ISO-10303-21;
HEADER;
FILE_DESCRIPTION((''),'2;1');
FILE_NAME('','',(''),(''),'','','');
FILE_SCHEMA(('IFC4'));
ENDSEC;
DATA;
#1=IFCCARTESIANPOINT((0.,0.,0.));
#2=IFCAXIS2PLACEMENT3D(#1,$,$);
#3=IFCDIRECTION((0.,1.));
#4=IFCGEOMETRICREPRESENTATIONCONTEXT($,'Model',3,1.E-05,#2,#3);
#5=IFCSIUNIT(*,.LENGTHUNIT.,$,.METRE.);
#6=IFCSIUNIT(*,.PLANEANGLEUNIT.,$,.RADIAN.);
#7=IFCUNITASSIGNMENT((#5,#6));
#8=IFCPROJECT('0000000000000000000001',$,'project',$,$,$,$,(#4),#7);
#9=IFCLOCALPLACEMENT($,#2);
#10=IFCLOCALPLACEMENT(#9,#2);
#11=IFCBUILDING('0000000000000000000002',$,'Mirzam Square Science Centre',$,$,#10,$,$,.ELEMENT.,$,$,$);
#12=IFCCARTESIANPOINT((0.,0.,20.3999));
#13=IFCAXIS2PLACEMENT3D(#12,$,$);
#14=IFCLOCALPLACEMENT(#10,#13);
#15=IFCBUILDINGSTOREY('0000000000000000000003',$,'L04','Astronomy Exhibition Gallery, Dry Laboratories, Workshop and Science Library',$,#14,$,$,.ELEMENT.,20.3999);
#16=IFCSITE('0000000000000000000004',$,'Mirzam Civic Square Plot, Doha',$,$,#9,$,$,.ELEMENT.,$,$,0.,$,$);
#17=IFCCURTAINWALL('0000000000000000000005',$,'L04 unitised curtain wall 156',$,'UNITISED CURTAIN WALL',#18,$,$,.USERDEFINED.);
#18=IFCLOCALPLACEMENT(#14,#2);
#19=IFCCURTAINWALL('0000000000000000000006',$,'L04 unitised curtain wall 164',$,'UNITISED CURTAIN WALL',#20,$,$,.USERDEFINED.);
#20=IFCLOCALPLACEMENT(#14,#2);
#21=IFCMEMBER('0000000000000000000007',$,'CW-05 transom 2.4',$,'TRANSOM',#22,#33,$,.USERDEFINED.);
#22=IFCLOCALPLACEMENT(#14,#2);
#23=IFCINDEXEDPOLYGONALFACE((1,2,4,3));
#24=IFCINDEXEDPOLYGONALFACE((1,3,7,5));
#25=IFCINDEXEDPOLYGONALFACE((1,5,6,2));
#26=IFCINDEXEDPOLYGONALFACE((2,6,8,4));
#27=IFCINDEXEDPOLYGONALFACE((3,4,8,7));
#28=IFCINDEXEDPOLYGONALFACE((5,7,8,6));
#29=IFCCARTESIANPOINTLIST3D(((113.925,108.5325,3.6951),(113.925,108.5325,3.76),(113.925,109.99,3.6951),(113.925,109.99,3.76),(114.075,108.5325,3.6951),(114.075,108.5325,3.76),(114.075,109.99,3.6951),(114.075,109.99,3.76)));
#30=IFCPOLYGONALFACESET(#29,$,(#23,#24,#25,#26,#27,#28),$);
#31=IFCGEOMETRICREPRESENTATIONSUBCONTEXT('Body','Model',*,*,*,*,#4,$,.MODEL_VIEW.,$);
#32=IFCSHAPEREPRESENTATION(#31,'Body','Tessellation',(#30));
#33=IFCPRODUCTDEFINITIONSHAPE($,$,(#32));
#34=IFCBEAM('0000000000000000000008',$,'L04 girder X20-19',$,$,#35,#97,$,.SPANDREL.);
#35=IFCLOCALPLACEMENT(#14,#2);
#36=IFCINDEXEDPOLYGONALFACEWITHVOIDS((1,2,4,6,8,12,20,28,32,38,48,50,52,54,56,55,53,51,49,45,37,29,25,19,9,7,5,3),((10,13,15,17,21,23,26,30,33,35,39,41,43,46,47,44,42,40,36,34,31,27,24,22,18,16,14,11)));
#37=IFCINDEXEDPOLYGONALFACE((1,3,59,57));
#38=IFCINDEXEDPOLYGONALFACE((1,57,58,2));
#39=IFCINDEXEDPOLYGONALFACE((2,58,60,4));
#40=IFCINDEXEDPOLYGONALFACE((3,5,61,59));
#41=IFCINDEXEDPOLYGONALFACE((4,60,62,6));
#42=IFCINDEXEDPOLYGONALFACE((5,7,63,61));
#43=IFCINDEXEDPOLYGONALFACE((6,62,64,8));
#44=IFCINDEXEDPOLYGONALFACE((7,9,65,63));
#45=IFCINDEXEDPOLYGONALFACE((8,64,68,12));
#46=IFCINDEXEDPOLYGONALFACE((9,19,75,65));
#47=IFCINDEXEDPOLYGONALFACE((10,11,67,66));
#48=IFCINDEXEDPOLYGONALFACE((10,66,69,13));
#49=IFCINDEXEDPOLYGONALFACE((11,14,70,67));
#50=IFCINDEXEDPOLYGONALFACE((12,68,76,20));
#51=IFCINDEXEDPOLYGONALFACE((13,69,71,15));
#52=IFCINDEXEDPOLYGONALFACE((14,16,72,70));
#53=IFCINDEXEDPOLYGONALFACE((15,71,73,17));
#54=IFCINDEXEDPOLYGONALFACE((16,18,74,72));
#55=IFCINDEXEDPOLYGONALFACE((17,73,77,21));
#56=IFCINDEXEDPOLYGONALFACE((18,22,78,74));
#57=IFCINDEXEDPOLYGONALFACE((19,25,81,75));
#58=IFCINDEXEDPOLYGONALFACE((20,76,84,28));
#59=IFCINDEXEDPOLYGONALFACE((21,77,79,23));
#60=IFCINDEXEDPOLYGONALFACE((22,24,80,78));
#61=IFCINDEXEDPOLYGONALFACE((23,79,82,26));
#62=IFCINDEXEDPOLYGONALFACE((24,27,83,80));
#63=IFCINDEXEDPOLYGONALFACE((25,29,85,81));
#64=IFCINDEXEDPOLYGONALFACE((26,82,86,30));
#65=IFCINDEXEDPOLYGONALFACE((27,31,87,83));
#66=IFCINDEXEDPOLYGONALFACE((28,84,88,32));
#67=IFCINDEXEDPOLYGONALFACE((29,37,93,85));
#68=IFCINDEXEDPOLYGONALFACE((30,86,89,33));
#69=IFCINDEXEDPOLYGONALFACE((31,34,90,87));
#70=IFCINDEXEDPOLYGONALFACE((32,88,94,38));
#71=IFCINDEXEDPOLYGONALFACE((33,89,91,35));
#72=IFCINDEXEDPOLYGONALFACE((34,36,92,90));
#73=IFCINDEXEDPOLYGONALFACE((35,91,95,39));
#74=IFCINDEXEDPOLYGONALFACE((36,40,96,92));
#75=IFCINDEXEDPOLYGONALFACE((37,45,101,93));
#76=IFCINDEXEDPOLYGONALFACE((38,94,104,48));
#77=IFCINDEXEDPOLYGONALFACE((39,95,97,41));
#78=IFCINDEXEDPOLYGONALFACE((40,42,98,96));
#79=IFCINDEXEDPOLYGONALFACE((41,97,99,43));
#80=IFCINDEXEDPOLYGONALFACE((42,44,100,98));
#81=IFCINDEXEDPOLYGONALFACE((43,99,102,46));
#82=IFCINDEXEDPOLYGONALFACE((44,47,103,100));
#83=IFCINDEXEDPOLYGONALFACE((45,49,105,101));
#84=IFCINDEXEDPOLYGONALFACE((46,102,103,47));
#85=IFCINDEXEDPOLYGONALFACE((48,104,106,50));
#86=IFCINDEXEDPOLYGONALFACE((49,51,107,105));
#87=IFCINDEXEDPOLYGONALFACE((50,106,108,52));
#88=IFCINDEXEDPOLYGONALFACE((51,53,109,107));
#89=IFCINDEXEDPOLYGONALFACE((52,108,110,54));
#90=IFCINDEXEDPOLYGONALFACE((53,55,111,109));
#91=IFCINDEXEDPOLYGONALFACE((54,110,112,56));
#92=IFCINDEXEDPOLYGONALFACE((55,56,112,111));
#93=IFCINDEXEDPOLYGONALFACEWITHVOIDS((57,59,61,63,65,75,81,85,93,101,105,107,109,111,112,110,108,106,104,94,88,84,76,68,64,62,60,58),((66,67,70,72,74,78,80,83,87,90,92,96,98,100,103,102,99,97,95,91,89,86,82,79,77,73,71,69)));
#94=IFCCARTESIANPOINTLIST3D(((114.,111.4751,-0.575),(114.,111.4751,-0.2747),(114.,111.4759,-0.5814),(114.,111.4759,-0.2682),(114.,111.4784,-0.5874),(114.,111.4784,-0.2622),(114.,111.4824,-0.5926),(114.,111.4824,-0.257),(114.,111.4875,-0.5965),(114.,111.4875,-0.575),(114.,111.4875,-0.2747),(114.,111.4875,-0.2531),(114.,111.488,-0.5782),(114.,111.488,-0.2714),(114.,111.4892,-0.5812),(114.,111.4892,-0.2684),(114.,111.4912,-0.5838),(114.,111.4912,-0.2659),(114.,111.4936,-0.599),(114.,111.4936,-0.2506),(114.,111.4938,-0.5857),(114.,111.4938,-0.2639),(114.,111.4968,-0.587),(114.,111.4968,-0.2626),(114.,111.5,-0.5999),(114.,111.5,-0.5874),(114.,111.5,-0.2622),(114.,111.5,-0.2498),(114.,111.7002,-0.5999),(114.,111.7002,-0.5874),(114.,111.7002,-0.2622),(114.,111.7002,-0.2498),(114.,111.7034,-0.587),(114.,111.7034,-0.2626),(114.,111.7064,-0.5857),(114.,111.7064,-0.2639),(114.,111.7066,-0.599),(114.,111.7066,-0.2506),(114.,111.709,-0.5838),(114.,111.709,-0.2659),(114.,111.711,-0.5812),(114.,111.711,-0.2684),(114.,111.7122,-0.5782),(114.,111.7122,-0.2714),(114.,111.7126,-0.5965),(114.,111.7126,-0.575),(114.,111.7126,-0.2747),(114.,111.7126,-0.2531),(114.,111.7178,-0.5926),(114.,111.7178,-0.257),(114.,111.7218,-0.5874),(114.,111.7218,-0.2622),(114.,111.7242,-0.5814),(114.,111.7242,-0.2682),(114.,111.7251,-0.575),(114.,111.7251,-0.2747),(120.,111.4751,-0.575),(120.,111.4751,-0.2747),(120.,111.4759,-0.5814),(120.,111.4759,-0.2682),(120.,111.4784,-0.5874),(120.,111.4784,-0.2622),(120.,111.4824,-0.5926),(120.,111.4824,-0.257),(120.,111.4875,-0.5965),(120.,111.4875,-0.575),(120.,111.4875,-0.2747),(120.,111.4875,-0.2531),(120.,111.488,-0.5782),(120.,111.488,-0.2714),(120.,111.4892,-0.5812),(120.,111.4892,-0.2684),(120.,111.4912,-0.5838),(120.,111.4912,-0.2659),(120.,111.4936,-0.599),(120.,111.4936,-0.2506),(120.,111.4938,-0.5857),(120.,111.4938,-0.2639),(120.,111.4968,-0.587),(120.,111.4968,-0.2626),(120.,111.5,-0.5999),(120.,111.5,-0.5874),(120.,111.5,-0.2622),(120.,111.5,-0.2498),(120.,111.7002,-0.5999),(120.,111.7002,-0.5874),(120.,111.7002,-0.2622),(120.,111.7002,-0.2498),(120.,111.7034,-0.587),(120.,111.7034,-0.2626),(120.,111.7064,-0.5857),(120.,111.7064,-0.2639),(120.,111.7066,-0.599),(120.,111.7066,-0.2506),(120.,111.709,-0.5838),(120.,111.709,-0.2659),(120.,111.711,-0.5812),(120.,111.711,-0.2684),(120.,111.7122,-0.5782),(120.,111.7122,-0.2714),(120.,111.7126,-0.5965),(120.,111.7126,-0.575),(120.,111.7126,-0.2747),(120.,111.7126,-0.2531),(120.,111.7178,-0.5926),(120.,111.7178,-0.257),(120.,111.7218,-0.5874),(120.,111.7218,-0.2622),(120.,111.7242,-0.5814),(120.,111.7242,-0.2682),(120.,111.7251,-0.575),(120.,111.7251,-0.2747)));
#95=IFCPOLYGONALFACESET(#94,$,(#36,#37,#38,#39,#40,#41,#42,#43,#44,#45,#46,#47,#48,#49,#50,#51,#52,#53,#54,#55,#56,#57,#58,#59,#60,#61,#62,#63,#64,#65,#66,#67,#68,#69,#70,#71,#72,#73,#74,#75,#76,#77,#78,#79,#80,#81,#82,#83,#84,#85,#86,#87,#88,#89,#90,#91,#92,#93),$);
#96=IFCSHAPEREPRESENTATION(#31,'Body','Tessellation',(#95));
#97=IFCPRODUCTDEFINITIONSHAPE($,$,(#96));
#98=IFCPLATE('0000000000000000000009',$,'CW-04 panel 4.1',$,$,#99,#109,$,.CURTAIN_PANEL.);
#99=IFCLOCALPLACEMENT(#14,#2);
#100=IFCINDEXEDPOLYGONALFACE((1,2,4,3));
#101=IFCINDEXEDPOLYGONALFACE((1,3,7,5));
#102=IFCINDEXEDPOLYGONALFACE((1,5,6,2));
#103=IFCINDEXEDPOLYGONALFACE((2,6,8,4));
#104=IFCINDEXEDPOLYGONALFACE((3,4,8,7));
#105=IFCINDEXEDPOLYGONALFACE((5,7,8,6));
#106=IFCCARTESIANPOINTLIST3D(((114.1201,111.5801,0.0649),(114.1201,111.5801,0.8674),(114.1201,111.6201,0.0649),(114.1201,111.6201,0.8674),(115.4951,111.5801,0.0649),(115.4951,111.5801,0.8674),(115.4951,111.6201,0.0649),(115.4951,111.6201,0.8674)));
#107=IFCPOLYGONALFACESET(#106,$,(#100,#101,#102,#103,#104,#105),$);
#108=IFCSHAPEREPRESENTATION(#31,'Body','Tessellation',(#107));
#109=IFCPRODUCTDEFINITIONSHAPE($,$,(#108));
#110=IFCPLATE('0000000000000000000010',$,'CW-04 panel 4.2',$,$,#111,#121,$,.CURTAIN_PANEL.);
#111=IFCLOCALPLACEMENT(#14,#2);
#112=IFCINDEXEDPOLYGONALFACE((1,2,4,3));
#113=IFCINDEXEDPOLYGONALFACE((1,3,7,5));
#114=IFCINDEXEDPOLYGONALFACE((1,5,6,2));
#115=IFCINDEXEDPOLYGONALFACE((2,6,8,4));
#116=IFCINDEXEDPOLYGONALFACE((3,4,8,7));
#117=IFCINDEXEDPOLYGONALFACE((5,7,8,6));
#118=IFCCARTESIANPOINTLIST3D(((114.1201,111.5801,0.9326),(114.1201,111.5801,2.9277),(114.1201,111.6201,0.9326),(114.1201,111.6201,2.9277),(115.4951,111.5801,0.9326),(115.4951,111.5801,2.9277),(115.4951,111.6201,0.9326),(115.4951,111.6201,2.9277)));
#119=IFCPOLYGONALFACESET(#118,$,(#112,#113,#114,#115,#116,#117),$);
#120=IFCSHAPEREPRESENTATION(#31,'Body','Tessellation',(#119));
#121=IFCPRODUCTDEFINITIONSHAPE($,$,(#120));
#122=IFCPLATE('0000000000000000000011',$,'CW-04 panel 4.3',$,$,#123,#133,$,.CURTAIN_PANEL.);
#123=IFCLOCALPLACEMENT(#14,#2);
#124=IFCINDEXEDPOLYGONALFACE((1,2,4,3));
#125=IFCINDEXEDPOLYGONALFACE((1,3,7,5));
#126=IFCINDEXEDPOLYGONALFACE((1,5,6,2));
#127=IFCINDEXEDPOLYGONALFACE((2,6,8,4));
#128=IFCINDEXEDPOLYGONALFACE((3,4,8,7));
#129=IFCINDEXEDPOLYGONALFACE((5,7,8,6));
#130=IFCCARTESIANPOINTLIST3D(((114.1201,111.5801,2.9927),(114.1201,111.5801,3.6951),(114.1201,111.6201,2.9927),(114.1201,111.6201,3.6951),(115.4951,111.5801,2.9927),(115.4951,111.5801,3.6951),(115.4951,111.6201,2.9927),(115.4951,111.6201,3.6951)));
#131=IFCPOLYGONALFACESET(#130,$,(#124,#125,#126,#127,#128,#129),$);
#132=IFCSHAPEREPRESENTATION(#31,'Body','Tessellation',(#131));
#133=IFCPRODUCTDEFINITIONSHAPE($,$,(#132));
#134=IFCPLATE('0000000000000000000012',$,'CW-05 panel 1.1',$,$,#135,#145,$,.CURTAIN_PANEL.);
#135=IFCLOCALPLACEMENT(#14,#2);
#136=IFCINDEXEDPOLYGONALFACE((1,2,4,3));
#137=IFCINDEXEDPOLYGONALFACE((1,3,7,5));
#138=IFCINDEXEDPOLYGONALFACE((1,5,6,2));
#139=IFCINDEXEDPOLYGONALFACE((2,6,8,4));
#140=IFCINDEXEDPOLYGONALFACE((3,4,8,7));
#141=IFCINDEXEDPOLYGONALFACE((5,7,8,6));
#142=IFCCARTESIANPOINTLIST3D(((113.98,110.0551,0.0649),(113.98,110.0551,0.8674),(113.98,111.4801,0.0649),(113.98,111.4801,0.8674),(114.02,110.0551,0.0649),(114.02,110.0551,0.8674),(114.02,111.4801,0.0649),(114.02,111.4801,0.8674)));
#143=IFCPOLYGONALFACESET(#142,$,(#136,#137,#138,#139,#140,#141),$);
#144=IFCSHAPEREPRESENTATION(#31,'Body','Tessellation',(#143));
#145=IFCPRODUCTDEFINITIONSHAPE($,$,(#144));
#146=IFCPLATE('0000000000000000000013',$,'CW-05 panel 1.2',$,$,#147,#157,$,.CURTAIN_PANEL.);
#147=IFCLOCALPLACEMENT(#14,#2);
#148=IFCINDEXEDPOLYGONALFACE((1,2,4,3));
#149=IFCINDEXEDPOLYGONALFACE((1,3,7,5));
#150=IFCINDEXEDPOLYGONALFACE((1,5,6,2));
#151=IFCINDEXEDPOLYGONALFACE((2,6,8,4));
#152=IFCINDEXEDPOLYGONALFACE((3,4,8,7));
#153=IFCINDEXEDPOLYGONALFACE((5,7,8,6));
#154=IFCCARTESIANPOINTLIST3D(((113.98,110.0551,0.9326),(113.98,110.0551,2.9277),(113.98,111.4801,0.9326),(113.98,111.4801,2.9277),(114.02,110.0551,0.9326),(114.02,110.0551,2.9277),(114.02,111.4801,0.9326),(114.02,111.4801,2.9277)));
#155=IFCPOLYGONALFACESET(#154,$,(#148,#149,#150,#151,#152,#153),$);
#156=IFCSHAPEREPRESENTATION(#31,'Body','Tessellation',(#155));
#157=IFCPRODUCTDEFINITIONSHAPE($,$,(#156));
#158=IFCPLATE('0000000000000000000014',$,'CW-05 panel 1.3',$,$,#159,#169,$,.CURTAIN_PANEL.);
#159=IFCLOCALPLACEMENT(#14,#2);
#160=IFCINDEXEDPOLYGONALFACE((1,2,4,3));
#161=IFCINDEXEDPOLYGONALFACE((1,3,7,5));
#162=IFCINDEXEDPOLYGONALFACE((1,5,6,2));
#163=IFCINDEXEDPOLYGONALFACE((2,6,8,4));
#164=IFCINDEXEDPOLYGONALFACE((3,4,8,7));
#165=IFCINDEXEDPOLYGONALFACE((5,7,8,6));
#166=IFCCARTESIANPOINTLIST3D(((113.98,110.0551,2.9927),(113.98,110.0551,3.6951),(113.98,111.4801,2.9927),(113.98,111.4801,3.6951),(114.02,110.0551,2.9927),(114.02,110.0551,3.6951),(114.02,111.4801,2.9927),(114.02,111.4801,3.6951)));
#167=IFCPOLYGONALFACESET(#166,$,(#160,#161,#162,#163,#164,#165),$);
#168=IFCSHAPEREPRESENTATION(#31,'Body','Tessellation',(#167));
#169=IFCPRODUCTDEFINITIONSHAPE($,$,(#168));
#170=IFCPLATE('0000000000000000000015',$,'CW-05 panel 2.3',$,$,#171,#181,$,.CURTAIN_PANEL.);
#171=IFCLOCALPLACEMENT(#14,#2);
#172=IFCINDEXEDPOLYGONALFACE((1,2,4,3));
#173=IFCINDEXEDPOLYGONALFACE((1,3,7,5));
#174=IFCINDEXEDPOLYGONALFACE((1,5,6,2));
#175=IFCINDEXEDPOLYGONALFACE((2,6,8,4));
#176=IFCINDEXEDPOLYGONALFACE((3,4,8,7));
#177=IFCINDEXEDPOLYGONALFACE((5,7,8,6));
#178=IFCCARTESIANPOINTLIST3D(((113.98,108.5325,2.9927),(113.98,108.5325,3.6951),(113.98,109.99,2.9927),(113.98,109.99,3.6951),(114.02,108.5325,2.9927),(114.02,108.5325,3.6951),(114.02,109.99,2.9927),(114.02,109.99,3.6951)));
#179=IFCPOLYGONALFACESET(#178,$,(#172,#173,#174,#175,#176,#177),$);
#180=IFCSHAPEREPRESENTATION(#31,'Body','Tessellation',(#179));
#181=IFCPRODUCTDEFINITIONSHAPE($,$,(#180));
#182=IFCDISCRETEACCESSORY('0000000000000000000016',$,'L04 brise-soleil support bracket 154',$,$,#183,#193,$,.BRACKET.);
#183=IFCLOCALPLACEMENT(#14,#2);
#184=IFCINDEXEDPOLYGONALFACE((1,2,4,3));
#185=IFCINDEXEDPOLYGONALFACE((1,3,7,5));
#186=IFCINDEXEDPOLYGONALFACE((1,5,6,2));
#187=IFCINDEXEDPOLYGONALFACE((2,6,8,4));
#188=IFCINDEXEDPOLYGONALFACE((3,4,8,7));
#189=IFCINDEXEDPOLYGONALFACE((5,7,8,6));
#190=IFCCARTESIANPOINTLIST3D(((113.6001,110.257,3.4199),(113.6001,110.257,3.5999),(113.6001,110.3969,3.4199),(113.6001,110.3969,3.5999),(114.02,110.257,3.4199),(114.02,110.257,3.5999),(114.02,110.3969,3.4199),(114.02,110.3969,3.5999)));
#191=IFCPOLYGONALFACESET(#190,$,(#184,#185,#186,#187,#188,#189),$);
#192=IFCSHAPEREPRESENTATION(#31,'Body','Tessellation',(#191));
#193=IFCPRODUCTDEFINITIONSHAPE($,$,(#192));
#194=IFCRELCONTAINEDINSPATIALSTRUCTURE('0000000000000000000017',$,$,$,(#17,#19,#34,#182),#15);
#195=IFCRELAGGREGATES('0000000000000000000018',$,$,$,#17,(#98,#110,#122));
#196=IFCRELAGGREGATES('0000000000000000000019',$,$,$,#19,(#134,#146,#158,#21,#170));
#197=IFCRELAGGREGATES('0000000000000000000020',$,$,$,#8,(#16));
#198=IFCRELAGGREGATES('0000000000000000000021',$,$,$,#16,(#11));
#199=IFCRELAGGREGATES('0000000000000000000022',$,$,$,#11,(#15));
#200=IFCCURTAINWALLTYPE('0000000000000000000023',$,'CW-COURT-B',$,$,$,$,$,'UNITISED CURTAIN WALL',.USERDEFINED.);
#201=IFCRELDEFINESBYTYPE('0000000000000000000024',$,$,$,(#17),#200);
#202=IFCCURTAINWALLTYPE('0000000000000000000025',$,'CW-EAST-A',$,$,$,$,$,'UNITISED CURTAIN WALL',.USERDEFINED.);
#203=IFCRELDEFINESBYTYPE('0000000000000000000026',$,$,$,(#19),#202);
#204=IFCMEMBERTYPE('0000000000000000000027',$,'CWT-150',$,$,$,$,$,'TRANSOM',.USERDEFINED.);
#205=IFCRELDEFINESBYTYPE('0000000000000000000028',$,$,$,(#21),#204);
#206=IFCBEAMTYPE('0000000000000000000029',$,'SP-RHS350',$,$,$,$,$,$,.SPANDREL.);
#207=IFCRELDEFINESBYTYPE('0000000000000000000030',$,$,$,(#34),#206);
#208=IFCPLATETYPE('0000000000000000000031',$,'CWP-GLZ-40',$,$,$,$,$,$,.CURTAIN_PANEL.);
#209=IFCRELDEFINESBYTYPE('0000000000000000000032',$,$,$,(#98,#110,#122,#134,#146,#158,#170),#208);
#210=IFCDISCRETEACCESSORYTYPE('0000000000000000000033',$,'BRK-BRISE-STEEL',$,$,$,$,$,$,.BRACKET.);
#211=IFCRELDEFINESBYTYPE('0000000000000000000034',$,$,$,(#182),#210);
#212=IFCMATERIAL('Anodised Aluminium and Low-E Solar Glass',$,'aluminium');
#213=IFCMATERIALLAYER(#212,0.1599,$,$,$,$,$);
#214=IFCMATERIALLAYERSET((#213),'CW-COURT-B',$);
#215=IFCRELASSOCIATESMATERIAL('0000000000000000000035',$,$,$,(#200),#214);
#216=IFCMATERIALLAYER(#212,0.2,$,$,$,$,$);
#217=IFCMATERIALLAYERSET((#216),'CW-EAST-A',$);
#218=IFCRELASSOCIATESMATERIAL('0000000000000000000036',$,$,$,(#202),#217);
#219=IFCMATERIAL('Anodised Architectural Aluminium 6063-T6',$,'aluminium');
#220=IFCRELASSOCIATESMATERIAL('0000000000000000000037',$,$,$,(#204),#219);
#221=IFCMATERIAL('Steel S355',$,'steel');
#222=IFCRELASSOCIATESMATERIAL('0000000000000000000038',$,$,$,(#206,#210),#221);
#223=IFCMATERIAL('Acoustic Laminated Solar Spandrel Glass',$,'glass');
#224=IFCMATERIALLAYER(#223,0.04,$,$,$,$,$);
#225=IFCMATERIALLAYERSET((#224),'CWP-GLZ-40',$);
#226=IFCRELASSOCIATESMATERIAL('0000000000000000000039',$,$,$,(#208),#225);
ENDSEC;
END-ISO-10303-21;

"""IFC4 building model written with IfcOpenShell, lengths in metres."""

from ifc_helpers import new_model, si_unit, direction, frame, origin, origin_2d, place, context, subcontext, project, spatial, rectangle, hollow_rectangle, extrude, material, layer, layer_set, material_profile, profile_set, type_object, element, aggregate, save


model = new_model("IFC4")

# Units and contexts
model_context = context("Model", 3, precision=1e-05, world=origin(), true_north=direction((0.0, 1.0)))
body_context = subcontext(model_context, "Body", "Model", "MODEL_VIEW")
ifc_project = project(units=[si_unit("LENGTHUNIT", "METRE"), si_unit("PLANEANGLEUNIT", "RADIAN")], contexts=[model_context])

# Site, building, storey
site_placement = place(None, origin())
site = spatial("IfcSite", under=ifc_project, at=site_placement, Name="Mirzam Civic Square Plot, Doha", CompositionType="ELEMENT", RefElevation=0.0)
building_placement = place(site_placement, origin())
building = spatial("IfcBuilding", under=site, at=building_placement, Name="Mirzam Square Science Centre", CompositionType="ELEMENT")
storey_placement = place(building_placement, frame((0.0, 0.0, 20.3999)))
storey = spatial("IfcBuildingStorey", under=building, at=storey_placement, Name="L04", Description="Astronomy Exhibition Gallery, Dry Laboratories, Workshop and Science Library", CompositionType="ELEMENT", Elevation=20.3999)

# Shared definitions
ifc_material_1 = material(Name="Steel S355", Category="steel")

# Curtain wall
ifc_material_2 = material(Name="Anodised Aluminium and Low-E Solar Glass", Category="aluminium")
ifc_layer_1 = layer(ifc_material_2, 0.1599)
ifc_layer_set_1 = layer_set([ifc_layer_1], Name="CW-COURT-B")
curtain_wall_type_1 = type_object("IfcCurtainWallType", Name="CW-COURT-B", ElementType="UNITISED CURTAIN WALL", PredefinedType="USERDEFINED", material=ifc_layer_set_1)
curtain_wall_1_placement = place(storey_placement, origin())
curtain_wall_1 = element("IfcCurtainWall", 1, at=curtain_wall_1_placement, inside=storey, type_object=curtain_wall_type_1, Name="L04 unitised curtain wall 156", ObjectType="UNITISED CURTAIN WALL", PredefinedType="USERDEFINED")
ifc_material_3 = material(Name="Anodised Architectural Aluminium 6063-T6", Category="aluminium")

# Curtain wall, member
ifc_layer_2 = layer(ifc_material_2, 0.2)
ifc_layer_set_2 = layer_set([ifc_layer_2], Name="CW-EAST-A")
curtain_wall_type_2 = type_object("IfcCurtainWallType", Name="CW-EAST-A", ElementType="UNITISED CURTAIN WALL", PredefinedType="USERDEFINED", material=ifc_layer_set_2)
curtain_wall_2_placement = place(storey_placement, origin())
curtain_wall_2 = element("IfcCurtainWall", 2, at=curtain_wall_2_placement, inside=storey, type_object=curtain_wall_type_2, Name="L04 unitised curtain wall 164", ObjectType="UNITISED CURTAIN WALL", PredefinedType="USERDEFINED")
ifc_material_profile_1 = material_profile(ifc_material_3, rectangle(XDim=0.1499, YDim=0.0649, at=origin_2d()), Name="ALU-TRAN-150x65x4")
ifc_profile_set_1 = profile_set([ifc_material_profile_1], Name="Anodised Architectural Aluminium 6063-T6")
member_type_1 = type_object("IfcMemberType", Name="CWT-150", ElementType="TRANSOM", PredefinedType="USERDEFINED", material=ifc_profile_set_1)
member_1_placement = place(storey_placement, frame((114.0, 109.99, 3.7275), z_axis=(0.0, -1.0, 0.0), x_axis=(1.0, 0.0, 0.0)))
member_1 = element("IfcMember", 3, at=member_1_placement, type_object=member_type_1, Name="CW-05 transom 2.4", ObjectType="TRANSOM", PredefinedType="USERDEFINED", context=body_context, shape_type="SweptSolid", body=[
    extrude(rectangle(XDim=0.1499, YDim=0.0649, at=origin_2d()), origin(), (0.0, 0.0, 1.0), 1.4575),
])

# Beam
ifc_material_profile_2 = material_profile(ifc_material_1, hollow_rectangle(XDim=0.25, YDim=0.3501, WallThickness=0.0125, InnerFilletRadius=0.0125, OuterFilletRadius=0.0249, at=origin_2d()), Name="350x250x12.5RHS")
ifc_profile_set_2 = profile_set([ifc_material_profile_2], Name="Steel S355")
beam_type = type_object("IfcBeamType", Name="SP-RHS350", PredefinedType="SPANDREL", material=ifc_profile_set_2)
beam_placement = place(storey_placement, frame((114.0, 111.6001, -0.4248), z_axis=(1.0, 0.0, 0.0), x_axis=(0.0, 1.0, 0.0)))
element("IfcBeam", 4, at=beam_placement, inside=storey, type_object=beam_type, Name="L04 girder X20-19", PredefinedType="SPANDREL", context=body_context, shape_type="SweptSolid", body=[
    extrude(hollow_rectangle(XDim=0.25, YDim=0.3501, WallThickness=0.0125, InnerFilletRadius=0.0125, OuterFilletRadius=0.0249, at=origin_2d()), origin(), (0.0, 0.0, 1.0), 6.0),
])

# Plates
ifc_material_4 = material(Name="Acoustic Laminated Solar Spandrel Glass", Category="glass")
ifc_layer_3 = layer(ifc_material_4, 0.04)
ifc_layer_set_3 = layer_set([ifc_layer_3], Name="CWP-GLZ-40")
plate_type = type_object("IfcPlateType", Name="CWP-GLZ-40", PredefinedType="CURTAIN_PANEL", material=ifc_layer_set_3)
plate_1_placement = place(storey_placement, frame((114.8076, 111.6001, 0.0649), z_axis=(0.0, 0.0, 1.0), x_axis=(-1.0, 0.0, 0.0)))
plate_1 = element("IfcPlate", 5, at=plate_1_placement, type_object=plate_type, Name="CW-04 panel 4.1", PredefinedType="CURTAIN_PANEL", context=body_context, shape_type="SweptSolid", body=[
    extrude(rectangle(XDim=1.375, YDim=0.04, at=origin_2d()), origin(), (0.0, 0.0, 1.0), 0.8025),
])
plate_2_placement = place(storey_placement, frame((114.8076, 111.6001, 0.9326), z_axis=(0.0, 0.0, 1.0), x_axis=(-1.0, 0.0, 0.0)))
plate_2 = element("IfcPlate", 6, at=plate_2_placement, type_object=plate_type, Name="CW-04 panel 4.2", PredefinedType="CURTAIN_PANEL", context=body_context, shape_type="SweptSolid", body=[
    extrude(rectangle(XDim=1.375, YDim=0.04, at=origin_2d()), origin(), (0.0, 0.0, 1.0), 1.9951),
])
plate_3_placement = place(storey_placement, frame((114.8076, 111.6001, 2.9927), z_axis=(0.0, 0.0, 1.0), x_axis=(-1.0, 0.0, 0.0)))
plate_3 = element("IfcPlate", 7, at=plate_3_placement, type_object=plate_type, Name="CW-04 panel 4.3", PredefinedType="CURTAIN_PANEL", context=body_context, shape_type="SweptSolid", body=[
    extrude(rectangle(XDim=1.375, YDim=0.04, at=origin_2d()), origin(), (0.0, 0.0, 1.0), 0.7024),
])
aggregate(curtain_wall_1, [plate_1, plate_2, plate_3])
plate_4_placement = place(storey_placement, frame((114.0, 110.7676, 0.0649), z_axis=(0.0, 0.0, 1.0), x_axis=(0.0, -1.0, 0.0)))
plate_4 = element("IfcPlate", 8, at=plate_4_placement, type_object=plate_type, Name="CW-05 panel 1.1", PredefinedType="CURTAIN_PANEL", context=body_context, shape_type="SweptSolid", body=[
    extrude(rectangle(XDim=1.425, YDim=0.04, at=origin_2d()), origin(), (0.0, 0.0, 1.0), 0.8025),
])
plate_5_placement = place(storey_placement, frame((114.0, 110.7676, 0.9326), z_axis=(0.0, 0.0, 1.0), x_axis=(0.0, -1.0, 0.0)))
plate_5 = element("IfcPlate", 9, at=plate_5_placement, type_object=plate_type, Name="CW-05 panel 1.2", PredefinedType="CURTAIN_PANEL", context=body_context, shape_type="SweptSolid", body=[
    extrude(rectangle(XDim=1.425, YDim=0.04, at=origin_2d()), origin(), (0.0, 0.0, 1.0), 1.9951),
])
plate_6_placement = place(storey_placement, frame((114.0, 110.7676, 2.9927), z_axis=(0.0, 0.0, 1.0), x_axis=(0.0, -1.0, 0.0)))
plate_6 = element("IfcPlate", 10, at=plate_6_placement, type_object=plate_type, Name="CW-05 panel 1.3", PredefinedType="CURTAIN_PANEL", context=body_context, shape_type="SweptSolid", body=[
    extrude(rectangle(XDim=1.425, YDim=0.04, at=origin_2d()), origin(), (0.0, 0.0, 1.0), 0.7024),
])
plate_7_placement = place(storey_placement, frame((114.0, 109.2612, 2.9927), z_axis=(0.0, 0.0, 1.0), x_axis=(0.0, -1.0, 0.0)))
plate_7 = element("IfcPlate", 11, at=plate_7_placement, type_object=plate_type, Name="CW-05 panel 2.3", PredefinedType="CURTAIN_PANEL", context=body_context, shape_type="SweptSolid", body=[
    extrude(rectangle(XDim=1.4575, YDim=0.04, at=origin_2d()), origin(), (0.0, 0.0, 1.0), 0.7024),
])
aggregate(curtain_wall_2, [plate_4, plate_5, plate_6, member_1, plate_7])

# Discrete accessory
discrete_accessory_type = type_object("IfcDiscreteAccessoryType", Name="BRK-BRISE-STEEL", PredefinedType="BRACKET", material=ifc_material_1)
discrete_accessory_placement = place(storey_placement, frame((113.8101, 110.3269, 3.4199), z_axis=(0.0, 0.0, 1.0), x_axis=(0.0, -1.0, 0.0)))
element("IfcDiscreteAccessory", 12, at=discrete_accessory_placement, inside=storey, type_object=discrete_accessory_type, Name="L04 brise-soleil support bracket 154", PredefinedType="BRACKET", context=body_context, shape_type="SweptSolid", body=[
    extrude(rectangle(XDim=0.1399, YDim=0.4199, at=origin_2d()), origin(), (0.0, 0.0, 1.0), 0.1799),
])

save(model, "model.ifc")
